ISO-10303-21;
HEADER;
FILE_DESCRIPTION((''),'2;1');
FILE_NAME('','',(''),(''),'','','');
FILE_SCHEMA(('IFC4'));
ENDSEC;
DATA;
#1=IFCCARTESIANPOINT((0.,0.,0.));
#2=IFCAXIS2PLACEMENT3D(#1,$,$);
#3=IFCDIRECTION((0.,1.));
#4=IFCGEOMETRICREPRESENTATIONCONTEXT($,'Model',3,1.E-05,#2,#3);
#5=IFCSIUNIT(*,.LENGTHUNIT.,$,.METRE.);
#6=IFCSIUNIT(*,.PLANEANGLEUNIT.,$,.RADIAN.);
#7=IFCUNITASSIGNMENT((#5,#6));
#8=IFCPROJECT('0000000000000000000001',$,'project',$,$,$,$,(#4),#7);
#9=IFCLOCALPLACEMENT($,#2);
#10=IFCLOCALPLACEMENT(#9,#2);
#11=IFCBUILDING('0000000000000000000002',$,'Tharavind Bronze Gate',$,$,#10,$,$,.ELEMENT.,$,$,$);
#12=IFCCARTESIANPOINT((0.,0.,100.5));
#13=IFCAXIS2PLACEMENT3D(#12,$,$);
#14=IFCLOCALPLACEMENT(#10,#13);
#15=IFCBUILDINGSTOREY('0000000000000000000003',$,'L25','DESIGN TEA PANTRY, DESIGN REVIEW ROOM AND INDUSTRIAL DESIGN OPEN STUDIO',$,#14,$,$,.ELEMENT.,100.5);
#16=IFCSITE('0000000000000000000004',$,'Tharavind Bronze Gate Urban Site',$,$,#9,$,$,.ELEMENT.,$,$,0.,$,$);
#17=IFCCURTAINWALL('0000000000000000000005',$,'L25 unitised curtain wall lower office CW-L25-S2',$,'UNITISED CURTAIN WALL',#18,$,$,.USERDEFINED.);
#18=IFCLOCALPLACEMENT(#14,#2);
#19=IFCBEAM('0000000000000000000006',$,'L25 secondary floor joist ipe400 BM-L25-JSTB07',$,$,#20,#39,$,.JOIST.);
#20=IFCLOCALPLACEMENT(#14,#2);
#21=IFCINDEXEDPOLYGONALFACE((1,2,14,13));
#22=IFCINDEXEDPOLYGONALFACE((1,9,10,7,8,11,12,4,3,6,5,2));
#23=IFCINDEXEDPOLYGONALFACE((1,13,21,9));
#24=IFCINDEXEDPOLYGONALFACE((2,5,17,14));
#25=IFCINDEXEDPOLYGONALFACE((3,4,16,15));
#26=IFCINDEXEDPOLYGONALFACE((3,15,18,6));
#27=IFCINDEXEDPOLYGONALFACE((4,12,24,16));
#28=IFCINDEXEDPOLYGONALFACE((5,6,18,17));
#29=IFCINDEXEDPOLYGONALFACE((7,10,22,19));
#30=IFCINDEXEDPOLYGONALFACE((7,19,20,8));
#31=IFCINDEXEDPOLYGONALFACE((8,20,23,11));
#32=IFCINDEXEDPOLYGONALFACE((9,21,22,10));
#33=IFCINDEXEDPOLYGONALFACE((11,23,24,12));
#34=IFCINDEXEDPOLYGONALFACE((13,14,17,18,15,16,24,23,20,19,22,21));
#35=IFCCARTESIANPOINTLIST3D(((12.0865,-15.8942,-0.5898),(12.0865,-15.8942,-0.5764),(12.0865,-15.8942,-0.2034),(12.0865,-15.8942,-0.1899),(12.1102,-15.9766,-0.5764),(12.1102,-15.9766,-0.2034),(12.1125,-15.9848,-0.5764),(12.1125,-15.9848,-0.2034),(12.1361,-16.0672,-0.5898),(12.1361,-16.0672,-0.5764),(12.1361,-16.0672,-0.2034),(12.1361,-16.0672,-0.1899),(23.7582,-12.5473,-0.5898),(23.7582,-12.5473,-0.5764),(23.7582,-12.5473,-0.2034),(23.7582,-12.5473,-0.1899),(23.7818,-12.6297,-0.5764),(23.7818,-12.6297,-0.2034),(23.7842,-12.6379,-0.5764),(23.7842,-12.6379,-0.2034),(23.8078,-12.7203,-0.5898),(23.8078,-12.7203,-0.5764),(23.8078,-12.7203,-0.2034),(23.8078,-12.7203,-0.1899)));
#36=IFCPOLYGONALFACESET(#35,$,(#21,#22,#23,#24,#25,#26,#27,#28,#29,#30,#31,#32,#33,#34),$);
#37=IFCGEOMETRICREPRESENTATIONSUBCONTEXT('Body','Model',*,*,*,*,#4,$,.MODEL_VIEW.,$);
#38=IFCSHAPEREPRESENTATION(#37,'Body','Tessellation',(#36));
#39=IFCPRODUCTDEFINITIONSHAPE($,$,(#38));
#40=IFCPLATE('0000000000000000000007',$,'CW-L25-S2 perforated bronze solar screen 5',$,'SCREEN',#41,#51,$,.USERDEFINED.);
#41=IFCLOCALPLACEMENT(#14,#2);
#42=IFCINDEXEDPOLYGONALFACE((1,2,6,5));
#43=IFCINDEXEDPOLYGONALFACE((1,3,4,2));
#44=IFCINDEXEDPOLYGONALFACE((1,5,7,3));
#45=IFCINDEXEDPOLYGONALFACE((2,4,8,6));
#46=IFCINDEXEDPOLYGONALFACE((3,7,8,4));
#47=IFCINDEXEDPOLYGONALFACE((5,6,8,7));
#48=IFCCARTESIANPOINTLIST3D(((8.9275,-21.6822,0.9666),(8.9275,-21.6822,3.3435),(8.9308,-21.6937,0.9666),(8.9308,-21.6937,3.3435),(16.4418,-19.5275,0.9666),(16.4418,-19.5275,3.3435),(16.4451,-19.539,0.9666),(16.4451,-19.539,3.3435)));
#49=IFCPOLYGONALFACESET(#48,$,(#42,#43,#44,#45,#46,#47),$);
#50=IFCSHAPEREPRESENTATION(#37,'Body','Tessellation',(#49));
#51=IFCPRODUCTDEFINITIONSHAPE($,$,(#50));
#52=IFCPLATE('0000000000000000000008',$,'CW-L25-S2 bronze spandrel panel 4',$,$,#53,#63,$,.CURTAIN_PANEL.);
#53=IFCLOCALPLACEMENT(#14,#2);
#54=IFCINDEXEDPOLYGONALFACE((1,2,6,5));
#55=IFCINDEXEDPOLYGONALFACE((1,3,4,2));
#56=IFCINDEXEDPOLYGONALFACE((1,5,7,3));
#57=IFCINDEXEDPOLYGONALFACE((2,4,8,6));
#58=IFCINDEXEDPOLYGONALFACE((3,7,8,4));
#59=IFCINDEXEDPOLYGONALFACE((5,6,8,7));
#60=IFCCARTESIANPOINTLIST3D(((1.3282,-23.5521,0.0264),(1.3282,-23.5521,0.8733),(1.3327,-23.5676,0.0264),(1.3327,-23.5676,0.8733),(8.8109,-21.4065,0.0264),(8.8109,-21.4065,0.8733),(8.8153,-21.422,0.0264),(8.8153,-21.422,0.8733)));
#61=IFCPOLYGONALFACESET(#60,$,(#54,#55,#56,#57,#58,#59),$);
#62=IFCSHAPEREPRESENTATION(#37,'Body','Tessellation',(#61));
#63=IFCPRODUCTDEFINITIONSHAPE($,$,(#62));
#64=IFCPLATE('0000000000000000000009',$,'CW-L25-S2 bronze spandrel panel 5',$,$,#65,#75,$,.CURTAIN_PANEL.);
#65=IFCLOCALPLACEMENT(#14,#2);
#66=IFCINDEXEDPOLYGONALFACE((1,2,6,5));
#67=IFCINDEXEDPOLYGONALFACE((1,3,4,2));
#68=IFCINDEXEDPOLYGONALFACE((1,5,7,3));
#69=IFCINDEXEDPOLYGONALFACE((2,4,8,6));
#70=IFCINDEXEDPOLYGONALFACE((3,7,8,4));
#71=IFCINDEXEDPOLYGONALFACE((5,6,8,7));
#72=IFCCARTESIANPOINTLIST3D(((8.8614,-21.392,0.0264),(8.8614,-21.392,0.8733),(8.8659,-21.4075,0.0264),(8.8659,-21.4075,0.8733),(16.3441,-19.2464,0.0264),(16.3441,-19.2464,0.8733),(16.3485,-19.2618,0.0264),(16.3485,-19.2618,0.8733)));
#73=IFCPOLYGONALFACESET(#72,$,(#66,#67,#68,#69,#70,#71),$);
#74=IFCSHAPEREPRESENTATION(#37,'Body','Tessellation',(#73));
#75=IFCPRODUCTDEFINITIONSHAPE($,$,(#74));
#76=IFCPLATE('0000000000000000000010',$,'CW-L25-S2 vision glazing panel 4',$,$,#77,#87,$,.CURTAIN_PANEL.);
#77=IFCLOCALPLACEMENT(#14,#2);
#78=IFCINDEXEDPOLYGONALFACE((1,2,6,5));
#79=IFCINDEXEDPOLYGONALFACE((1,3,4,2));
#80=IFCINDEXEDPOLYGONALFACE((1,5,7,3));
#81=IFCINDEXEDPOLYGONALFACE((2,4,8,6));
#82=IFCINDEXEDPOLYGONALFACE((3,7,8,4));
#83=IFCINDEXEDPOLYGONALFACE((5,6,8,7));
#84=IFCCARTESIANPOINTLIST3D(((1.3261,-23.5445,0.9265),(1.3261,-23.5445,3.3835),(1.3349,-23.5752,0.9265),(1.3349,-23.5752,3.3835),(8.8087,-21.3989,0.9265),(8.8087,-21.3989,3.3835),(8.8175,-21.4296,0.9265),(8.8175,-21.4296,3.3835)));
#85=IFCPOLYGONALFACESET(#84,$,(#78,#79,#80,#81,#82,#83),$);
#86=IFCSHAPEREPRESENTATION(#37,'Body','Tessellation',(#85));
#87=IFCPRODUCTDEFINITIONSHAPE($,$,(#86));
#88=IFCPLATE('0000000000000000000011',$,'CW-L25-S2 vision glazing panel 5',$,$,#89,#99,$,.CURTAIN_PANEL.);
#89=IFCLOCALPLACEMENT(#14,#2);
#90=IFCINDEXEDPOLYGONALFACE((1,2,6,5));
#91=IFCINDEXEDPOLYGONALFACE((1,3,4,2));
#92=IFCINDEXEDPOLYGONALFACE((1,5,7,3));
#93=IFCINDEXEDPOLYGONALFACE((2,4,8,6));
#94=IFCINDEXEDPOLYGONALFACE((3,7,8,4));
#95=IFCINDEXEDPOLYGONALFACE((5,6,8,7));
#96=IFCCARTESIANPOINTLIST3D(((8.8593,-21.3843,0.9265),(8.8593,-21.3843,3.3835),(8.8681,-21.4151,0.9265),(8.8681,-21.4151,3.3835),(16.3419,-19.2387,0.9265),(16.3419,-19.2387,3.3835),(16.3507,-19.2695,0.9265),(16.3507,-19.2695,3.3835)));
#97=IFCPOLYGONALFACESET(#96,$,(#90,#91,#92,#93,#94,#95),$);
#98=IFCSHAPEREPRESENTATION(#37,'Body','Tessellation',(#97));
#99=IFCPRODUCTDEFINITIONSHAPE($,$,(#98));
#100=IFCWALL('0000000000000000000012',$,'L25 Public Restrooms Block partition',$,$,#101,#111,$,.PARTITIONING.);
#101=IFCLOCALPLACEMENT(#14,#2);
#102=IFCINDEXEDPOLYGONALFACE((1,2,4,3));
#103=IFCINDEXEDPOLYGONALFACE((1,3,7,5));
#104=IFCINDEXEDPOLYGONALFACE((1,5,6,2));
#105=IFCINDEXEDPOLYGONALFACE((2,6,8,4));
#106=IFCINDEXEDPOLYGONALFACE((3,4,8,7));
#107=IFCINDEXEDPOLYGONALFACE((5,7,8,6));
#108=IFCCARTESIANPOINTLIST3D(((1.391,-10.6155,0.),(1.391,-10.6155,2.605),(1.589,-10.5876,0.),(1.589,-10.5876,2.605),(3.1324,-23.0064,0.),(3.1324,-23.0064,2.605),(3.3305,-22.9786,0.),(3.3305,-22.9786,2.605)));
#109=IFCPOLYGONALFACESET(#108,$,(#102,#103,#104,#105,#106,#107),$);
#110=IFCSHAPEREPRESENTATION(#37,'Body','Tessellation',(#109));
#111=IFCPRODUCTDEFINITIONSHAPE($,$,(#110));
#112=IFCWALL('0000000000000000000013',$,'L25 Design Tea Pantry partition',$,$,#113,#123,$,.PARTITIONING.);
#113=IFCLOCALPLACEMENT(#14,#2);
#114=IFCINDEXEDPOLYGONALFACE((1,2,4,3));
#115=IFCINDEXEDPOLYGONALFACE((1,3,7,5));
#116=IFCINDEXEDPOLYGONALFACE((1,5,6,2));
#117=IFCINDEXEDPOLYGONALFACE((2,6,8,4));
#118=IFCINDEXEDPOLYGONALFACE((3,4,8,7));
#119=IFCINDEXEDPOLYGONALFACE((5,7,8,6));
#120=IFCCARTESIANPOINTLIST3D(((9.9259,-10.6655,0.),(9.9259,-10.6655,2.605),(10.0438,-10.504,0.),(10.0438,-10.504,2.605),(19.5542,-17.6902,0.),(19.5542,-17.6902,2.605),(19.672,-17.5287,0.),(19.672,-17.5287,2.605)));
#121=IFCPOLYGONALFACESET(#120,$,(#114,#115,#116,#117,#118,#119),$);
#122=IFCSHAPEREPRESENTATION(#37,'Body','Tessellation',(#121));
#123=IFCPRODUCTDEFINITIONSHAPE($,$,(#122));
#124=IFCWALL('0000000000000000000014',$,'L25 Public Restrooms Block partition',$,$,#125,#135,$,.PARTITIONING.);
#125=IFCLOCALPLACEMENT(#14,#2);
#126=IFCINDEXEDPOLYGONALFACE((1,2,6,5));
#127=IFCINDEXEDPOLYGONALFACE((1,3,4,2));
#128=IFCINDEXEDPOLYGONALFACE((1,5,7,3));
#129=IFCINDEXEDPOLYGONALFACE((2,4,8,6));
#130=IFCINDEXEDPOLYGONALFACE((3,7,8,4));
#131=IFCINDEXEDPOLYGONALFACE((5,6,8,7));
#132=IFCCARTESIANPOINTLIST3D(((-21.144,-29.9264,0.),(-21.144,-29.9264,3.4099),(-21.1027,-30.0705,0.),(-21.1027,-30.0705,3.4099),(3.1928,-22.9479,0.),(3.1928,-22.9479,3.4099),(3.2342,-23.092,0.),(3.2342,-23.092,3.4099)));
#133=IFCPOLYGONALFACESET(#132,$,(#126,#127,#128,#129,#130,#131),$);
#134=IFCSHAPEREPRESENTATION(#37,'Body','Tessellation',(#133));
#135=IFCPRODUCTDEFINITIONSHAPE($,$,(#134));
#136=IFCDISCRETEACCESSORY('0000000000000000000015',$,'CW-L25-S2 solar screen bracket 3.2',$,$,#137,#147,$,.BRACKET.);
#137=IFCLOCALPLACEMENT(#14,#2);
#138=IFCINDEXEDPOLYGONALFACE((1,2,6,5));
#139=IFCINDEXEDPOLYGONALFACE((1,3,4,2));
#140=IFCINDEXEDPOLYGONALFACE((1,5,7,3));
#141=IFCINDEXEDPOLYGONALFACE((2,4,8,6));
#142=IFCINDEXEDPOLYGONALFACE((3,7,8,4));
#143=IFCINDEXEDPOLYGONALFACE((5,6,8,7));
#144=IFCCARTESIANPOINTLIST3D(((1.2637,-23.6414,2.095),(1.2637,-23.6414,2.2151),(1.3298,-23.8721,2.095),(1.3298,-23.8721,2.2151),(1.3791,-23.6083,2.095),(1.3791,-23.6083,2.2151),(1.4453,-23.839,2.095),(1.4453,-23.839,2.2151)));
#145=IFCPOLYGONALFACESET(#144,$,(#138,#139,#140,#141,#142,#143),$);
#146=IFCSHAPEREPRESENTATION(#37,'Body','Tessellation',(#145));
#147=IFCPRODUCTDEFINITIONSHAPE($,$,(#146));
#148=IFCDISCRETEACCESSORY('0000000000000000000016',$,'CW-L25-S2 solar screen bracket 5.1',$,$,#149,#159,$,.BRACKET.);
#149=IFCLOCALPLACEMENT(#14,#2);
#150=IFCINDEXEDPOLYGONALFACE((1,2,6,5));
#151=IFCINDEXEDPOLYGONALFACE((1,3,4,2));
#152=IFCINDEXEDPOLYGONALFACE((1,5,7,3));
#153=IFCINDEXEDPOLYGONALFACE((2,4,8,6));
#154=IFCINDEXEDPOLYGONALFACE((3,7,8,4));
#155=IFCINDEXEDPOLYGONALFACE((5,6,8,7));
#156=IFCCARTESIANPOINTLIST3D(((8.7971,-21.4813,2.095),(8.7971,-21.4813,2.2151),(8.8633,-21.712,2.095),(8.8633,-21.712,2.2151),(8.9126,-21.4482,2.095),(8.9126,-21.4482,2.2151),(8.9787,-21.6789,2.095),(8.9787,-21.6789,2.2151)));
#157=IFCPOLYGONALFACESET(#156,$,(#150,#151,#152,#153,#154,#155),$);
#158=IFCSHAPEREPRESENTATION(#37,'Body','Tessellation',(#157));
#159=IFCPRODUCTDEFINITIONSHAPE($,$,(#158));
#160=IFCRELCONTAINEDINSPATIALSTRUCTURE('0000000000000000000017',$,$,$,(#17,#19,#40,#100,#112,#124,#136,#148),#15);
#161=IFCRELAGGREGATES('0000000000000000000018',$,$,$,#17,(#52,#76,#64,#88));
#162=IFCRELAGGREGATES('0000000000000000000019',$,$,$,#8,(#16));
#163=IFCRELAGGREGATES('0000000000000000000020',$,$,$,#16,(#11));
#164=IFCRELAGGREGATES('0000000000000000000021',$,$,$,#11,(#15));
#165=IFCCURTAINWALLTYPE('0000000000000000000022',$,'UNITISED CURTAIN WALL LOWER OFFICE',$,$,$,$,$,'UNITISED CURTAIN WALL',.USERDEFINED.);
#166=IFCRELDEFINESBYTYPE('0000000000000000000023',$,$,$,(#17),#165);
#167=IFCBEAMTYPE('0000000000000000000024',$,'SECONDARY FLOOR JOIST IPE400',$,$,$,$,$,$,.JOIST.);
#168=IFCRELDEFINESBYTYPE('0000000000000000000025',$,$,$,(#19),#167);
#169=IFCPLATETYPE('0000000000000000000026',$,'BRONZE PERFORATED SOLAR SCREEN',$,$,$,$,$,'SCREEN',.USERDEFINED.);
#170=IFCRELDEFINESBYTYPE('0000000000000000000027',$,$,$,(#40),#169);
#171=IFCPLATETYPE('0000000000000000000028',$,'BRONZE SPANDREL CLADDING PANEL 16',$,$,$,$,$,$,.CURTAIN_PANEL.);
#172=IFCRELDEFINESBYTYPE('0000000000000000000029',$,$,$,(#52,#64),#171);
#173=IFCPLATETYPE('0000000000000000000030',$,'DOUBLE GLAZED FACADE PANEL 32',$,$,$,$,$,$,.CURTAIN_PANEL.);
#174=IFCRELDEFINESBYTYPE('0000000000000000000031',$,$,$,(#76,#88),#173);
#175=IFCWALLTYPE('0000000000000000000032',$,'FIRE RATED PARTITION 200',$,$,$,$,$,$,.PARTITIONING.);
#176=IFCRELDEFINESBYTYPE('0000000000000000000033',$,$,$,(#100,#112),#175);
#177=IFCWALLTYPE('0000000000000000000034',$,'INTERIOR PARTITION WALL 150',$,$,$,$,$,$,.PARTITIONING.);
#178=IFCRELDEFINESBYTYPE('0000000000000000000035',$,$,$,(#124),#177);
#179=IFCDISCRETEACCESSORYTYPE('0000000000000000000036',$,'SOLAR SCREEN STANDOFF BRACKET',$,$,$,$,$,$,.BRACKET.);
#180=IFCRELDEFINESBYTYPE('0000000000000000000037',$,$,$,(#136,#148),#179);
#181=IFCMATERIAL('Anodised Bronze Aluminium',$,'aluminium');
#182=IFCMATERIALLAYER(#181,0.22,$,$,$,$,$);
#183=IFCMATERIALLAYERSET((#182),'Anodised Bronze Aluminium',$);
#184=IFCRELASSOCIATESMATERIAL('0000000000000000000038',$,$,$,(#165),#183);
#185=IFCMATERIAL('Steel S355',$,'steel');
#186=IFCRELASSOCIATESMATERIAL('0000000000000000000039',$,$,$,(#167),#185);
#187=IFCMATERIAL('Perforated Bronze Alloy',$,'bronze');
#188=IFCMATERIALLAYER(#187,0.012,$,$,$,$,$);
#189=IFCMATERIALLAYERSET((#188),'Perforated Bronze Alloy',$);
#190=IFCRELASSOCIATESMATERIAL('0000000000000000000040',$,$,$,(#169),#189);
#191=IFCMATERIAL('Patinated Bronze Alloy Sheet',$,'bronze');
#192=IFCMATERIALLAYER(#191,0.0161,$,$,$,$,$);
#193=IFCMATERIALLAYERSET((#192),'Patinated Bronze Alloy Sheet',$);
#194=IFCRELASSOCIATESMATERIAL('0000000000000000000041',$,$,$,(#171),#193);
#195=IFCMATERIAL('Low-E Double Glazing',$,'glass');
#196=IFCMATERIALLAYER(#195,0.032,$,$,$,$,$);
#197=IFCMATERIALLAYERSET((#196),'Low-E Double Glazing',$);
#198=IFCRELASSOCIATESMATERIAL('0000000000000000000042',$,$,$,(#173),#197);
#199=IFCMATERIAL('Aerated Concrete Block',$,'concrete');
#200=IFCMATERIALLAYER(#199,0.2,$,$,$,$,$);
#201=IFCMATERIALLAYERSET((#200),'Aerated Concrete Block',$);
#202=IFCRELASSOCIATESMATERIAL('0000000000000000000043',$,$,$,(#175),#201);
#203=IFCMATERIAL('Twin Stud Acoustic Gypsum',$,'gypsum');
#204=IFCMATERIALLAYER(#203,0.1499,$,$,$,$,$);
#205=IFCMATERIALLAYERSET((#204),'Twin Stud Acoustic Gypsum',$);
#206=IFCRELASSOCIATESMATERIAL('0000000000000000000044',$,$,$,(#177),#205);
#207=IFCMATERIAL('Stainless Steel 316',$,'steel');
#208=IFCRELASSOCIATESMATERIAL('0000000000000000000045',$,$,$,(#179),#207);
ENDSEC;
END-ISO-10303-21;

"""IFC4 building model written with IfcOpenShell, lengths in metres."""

from ifc_helpers import new_model, si_unit, direction, frame, frame_2d, origin, origin_2d, place, context, subcontext, project, spatial, rectangle, i_section, extrude, material, layer, layer_set, material_profile, profile_set, type_object, element, aggregate, save


model = new_model("IFC4")

# Units and contexts
model_context = context("Model", 3, precision=1e-05, world=origin(), true_north=direction((0.0, 1.0)))
body_context = subcontext(model_context, "Body", "Model", "MODEL_VIEW")
ifc_project = project(units=[si_unit("LENGTHUNIT", "METRE"), si_unit("PLANEANGLEUNIT", "RADIAN")], contexts=[model_context])

# Site, building, storey
site_placement = place(None, origin())
site = spatial("IfcSite", under=ifc_project, at=site_placement, Name="Tharavind Bronze Gate Urban Site", CompositionType="ELEMENT", RefElevation=0.0)
building_placement = place(site_placement, origin())
building = spatial("IfcBuilding", under=site, at=building_placement, Name="Tharavind Bronze Gate", CompositionType="ELEMENT")
storey_placement = place(building_placement, frame((0.0, 0.0, 100.5)))
storey = spatial("IfcBuildingStorey", under=building, at=storey_placement, Name="L25", Description="DESIGN TEA PANTRY, DESIGN REVIEW ROOM AND INDUSTRIAL DESIGN OPEN STUDIO", CompositionType="ELEMENT", Elevation=100.5)

# Curtain wall
ifc_material_1 = material(Name="Anodised Bronze Aluminium", Category="aluminium")
ifc_layer_1 = layer(ifc_material_1, 0.22)
ifc_layer_set_1 = layer_set([ifc_layer_1], Name="Anodised Bronze Aluminium")
curtain_wall_type = type_object("IfcCurtainWallType", Name="UNITISED CURTAIN WALL LOWER OFFICE", ElementType="UNITISED CURTAIN WALL", PredefinedType="USERDEFINED", material=ifc_layer_set_1)
curtain_wall_placement = place(storey_placement, origin())
curtain_wall = element("IfcCurtainWall", 1, at=curtain_wall_placement, inside=storey, type_object=curtain_wall_type, Name="L25 unitised curtain wall lower office CW-L25-S2", ObjectType="UNITISED CURTAIN WALL", PredefinedType="USERDEFINED")

# Beam
ifc_material_2 = material(Name="Steel S355", Category="steel")
ifc_material_profile_1 = material_profile(ifc_material_2, i_section(OverallWidth=0.1799, OverallDepth=0.3999, WebThickness=0.0085, FlangeThickness=0.0134, at=origin_2d()), Name="IPE400")
ifc_profile_set_1 = profile_set([ifc_material_profile_1], Name="Steel S355")
beam_type_1 = type_object("IfcBeamType", Name="SECONDARY FLOOR JOIST IPE400", PredefinedType="JOIST", material=ifc_profile_set_1)
beam_1_placement = place(storey_placement, frame((12.1113, -15.9807, -0.3899), z_axis=(0.961259, 0.275648, 0.0), x_axis=(-0.275648, 0.961259, 0.0)))
element("IfcBeam", 2, at=beam_1_placement, inside=storey, type_object=beam_type_1, Name="L25 secondary floor joist ipe400 BM-L25-JSTB07", PredefinedType="JOIST", context=body_context, shape_type="SweptSolid", body=[
    extrude(i_section(OverallWidth=0.1799, OverallDepth=0.3999, WebThickness=0.0085, FlangeThickness=0.0134, at=origin_2d()), origin(), (0.0, 0.0, 1.0), 12.1421),
])

# Plates
ifc_material_3 = material(Name="Perforated Bronze Alloy", Category="bronze")
ifc_layer_2 = layer(ifc_material_3, 0.012)
ifc_layer_set_2 = layer_set([ifc_layer_2], Name="Perforated Bronze Alloy")
plate_type_1 = type_object("IfcPlateType", Name="BRONZE PERFORATED SOLAR SCREEN", ElementType="SCREEN", PredefinedType="USERDEFINED", material=ifc_layer_set_2)
plate_1_placement = place(storey_placement, frame((12.6863, -20.6106, 0.9666), z_axis=(0.0, 0.0, 1.0), x_axis=(0.961262, 0.275637, 0.0)))
element("IfcPlate", 3, at=plate_1_placement, inside=storey, type_object=plate_type_1, Name="CW-L25-S2 perforated bronze solar screen 5", ObjectType="SCREEN", PredefinedType="USERDEFINED", context=body_context, shape_type="SweptSolid", body=[
    extrude(rectangle(XDim=7.8171, YDim=0.012, at=origin_2d()), origin(), (0.0, 0.0, 1.0), 2.377),
])
ifc_material_4 = material(Name="Patinated Bronze Alloy Sheet", Category="bronze")
ifc_layer_3 = layer(ifc_material_4, 0.0161)
ifc_layer_set_3 = layer_set([ifc_layer_3], Name="Patinated Bronze Alloy Sheet")
plate_type_2 = type_object("IfcPlateType", Name="BRONZE SPANDREL CLADDING PANEL 16", PredefinedType="CURTAIN_PANEL", material=ifc_layer_set_3)
plate_2_placement = place(storey_placement, frame((5.0718, -22.4871, 0.0264), z_axis=(0.0, 0.0, 1.0), x_axis=(0.961262, 0.275637, 0.0)))
plate_2 = element("IfcPlate", 4, at=plate_2_placement, type_object=plate_type_2, Name="CW-L25-S2 bronze spandrel panel 4", PredefinedType="CURTAIN_PANEL", context=body_context, shape_type="SweptSolid", body=[
    extrude(rectangle(XDim=7.7842, YDim=0.0161, at=origin_2d()), origin(), (0.0, 0.0, 1.0), 0.8469),
])
plate_3_placement = place(storey_placement, frame((12.605, -20.3269, 0.0264), z_axis=(0.0, 0.0, 1.0), x_axis=(0.961262, 0.275637, 0.0)))
plate_3 = element("IfcPlate", 5, at=plate_3_placement, type_object=plate_type_2, Name="CW-L25-S2 bronze spandrel panel 5", PredefinedType="CURTAIN_PANEL", context=body_context, shape_type="SweptSolid", body=[
    extrude(rectangle(XDim=7.7842, YDim=0.0161, at=origin_2d()), origin(), (0.0, 0.0, 1.0), 0.8469),
])
ifc_material_5 = material(Name="Low-E Double Glazing", Category="glass")
ifc_layer_4 = layer(ifc_material_5, 0.032)
ifc_layer_set_4 = layer_set([ifc_layer_4], Name="Low-E Double Glazing")
plate_type_3 = type_object("IfcPlateType", Name="DOUBLE GLAZED FACADE PANEL 32", PredefinedType="CURTAIN_PANEL", material=ifc_layer_set_4)
plate_4_placement = place(storey_placement, frame((5.0718, -22.4871, 0.9265), z_axis=(0.0, 0.0, 1.0), x_axis=(0.961262, 0.275637, 0.0)))
plate_4 = element("IfcPlate", 6, at=plate_4_placement, type_object=plate_type_3, Name="CW-L25-S2 vision glazing panel 4", PredefinedType="CURTAIN_PANEL", context=body_context, shape_type="SweptSolid", body=[
    extrude(rectangle(XDim=7.7842, YDim=0.032, at=origin_2d()), origin(), (0.0, 0.0, 1.0), 2.457),
])
plate_5_placement = place(storey_placement, frame((12.605, -20.3269, 0.9265), z_axis=(0.0, 0.0, 1.0), x_axis=(0.961262, 0.275637, 0.0)))
plate_5 = element("IfcPlate", 7, at=plate_5_placement, type_object=plate_type_3, Name="CW-L25-S2 vision glazing panel 5", PredefinedType="CURTAIN_PANEL", context=body_context, shape_type="SweptSolid", body=[
    extrude(rectangle(XDim=7.7842, YDim=0.032, at=origin_2d()), origin(), (0.0, 0.0, 1.0), 2.457),
])
aggregate(curtain_wall, [plate_2, plate_4, plate_3, plate_5])

# Walls
ifc_material_6 = material(Name="Aerated Concrete Block", Category="concrete")
ifc_layer_5 = layer(ifc_material_6, 0.2)
ifc_layer_set_5 = layer_set([ifc_layer_5], Name="Aerated Concrete Block")
wall_type_1 = type_object("IfcWallType", Name="FIRE RATED PARTITION 200", PredefinedType="PARTITIONING", material=ifc_layer_set_5)
wall_1_placement = place(storey_placement, frame((1.49, -10.6016, 0.0), z_axis=(0.0, 0.0, 1.0), x_axis=(0.139176, -0.990268, 0.0)))
element("IfcWall", 8, at=wall_1_placement, inside=storey, type_object=wall_type_1, Name="L25 Public Restrooms Block partition", PredefinedType="PARTITIONING", context=body_context, shape_type="SweptSolid", body=[
    extrude(rectangle(XDim=12.5127, YDim=0.2, at=frame_2d((6.2563, 0.0))), origin(), (0.0, 0.0, 1.0), 2.605),
])
wall_2_placement = place(storey_placement, frame((9.9849, -10.5847, 0.0), z_axis=(0.0, 0.0, 1.0), x_axis=(0.807843, -0.589398, 0.0)))
element("IfcWall", 9, at=wall_2_placement, inside=storey, type_object=wall_type_1, Name="L25 Design Tea Pantry partition", PredefinedType="PARTITIONING", context=body_context, shape_type="SweptSolid", body=[
    extrude(rectangle(XDim=11.9185, YDim=0.2, at=frame_2d((5.9592, 0.0))), origin(), (0.0, 0.0, 1.0), 2.605),
])
ifc_material_7 = material(Name="Twin Stud Acoustic Gypsum", Category="gypsum")
ifc_layer_6 = layer(ifc_material_7, 0.1499)
ifc_layer_set_6 = layer_set([ifc_layer_6], Name="Twin Stud Acoustic Gypsum")
wall_type_2 = type_object("IfcWallType", Name="INTERIOR PARTITION WALL 150", PredefinedType="PARTITIONING", material=ifc_layer_set_6)
wall_3_placement = place(storey_placement, frame((3.2134, -23.02, 0.0), z_axis=(0.0, 0.0, 1.0), x_axis=(-0.961262, -0.275638, 0.0)))
element("IfcWall", 10, at=wall_3_placement, inside=storey, type_object=wall_type_2, Name="L25 Public Restrooms Block partition", PredefinedType="PARTITIONING", context=body_context, shape_type="SweptSolid", body=[
    extrude(rectangle(XDim=25.3176, YDim=0.1499, at=frame_2d((12.6587, 0.0))), origin(), (0.0, 0.0, 1.0), 3.4099),
])

# Discrete accessories
ifc_material_8 = material(Name="Stainless Steel 316", Category="steel")
discrete_accessory_type = type_object("IfcDiscreteAccessoryType", Name="SOLAR SCREEN STANDOFF BRACKET", PredefinedType="BRACKET", material=ifc_material_8)
for number, where, z_axis, x_axis, name in (
    (11, (1.3545, -23.7402, 2.095), (0.0, 0.0, 1.0), (0.961262, 0.275637, 0.0), "CW-L25-S2 solar screen bracket 3.2"),
    (12, (8.8879, -21.5801, 2.095), (0.0, 0.0, 1.0), (0.961262, 0.275637, 0.0), "CW-L25-S2 solar screen bracket 5.1"),
):
    element("IfcDiscreteAccessory", number, at=place(storey_placement, frame(where, z_axis=z_axis, x_axis=x_axis)), inside=storey, type_object=discrete_accessory_type, Name=name, PredefinedType="BRACKET", context=body_context, shape_type="SweptSolid", body=[
        extrude(rectangle(XDim=0.1201, YDim=0.24, at=origin_2d()), origin(), (0.0, 0.0, 1.0), 0.1201),
    ])

save(model, "model.ifc")
